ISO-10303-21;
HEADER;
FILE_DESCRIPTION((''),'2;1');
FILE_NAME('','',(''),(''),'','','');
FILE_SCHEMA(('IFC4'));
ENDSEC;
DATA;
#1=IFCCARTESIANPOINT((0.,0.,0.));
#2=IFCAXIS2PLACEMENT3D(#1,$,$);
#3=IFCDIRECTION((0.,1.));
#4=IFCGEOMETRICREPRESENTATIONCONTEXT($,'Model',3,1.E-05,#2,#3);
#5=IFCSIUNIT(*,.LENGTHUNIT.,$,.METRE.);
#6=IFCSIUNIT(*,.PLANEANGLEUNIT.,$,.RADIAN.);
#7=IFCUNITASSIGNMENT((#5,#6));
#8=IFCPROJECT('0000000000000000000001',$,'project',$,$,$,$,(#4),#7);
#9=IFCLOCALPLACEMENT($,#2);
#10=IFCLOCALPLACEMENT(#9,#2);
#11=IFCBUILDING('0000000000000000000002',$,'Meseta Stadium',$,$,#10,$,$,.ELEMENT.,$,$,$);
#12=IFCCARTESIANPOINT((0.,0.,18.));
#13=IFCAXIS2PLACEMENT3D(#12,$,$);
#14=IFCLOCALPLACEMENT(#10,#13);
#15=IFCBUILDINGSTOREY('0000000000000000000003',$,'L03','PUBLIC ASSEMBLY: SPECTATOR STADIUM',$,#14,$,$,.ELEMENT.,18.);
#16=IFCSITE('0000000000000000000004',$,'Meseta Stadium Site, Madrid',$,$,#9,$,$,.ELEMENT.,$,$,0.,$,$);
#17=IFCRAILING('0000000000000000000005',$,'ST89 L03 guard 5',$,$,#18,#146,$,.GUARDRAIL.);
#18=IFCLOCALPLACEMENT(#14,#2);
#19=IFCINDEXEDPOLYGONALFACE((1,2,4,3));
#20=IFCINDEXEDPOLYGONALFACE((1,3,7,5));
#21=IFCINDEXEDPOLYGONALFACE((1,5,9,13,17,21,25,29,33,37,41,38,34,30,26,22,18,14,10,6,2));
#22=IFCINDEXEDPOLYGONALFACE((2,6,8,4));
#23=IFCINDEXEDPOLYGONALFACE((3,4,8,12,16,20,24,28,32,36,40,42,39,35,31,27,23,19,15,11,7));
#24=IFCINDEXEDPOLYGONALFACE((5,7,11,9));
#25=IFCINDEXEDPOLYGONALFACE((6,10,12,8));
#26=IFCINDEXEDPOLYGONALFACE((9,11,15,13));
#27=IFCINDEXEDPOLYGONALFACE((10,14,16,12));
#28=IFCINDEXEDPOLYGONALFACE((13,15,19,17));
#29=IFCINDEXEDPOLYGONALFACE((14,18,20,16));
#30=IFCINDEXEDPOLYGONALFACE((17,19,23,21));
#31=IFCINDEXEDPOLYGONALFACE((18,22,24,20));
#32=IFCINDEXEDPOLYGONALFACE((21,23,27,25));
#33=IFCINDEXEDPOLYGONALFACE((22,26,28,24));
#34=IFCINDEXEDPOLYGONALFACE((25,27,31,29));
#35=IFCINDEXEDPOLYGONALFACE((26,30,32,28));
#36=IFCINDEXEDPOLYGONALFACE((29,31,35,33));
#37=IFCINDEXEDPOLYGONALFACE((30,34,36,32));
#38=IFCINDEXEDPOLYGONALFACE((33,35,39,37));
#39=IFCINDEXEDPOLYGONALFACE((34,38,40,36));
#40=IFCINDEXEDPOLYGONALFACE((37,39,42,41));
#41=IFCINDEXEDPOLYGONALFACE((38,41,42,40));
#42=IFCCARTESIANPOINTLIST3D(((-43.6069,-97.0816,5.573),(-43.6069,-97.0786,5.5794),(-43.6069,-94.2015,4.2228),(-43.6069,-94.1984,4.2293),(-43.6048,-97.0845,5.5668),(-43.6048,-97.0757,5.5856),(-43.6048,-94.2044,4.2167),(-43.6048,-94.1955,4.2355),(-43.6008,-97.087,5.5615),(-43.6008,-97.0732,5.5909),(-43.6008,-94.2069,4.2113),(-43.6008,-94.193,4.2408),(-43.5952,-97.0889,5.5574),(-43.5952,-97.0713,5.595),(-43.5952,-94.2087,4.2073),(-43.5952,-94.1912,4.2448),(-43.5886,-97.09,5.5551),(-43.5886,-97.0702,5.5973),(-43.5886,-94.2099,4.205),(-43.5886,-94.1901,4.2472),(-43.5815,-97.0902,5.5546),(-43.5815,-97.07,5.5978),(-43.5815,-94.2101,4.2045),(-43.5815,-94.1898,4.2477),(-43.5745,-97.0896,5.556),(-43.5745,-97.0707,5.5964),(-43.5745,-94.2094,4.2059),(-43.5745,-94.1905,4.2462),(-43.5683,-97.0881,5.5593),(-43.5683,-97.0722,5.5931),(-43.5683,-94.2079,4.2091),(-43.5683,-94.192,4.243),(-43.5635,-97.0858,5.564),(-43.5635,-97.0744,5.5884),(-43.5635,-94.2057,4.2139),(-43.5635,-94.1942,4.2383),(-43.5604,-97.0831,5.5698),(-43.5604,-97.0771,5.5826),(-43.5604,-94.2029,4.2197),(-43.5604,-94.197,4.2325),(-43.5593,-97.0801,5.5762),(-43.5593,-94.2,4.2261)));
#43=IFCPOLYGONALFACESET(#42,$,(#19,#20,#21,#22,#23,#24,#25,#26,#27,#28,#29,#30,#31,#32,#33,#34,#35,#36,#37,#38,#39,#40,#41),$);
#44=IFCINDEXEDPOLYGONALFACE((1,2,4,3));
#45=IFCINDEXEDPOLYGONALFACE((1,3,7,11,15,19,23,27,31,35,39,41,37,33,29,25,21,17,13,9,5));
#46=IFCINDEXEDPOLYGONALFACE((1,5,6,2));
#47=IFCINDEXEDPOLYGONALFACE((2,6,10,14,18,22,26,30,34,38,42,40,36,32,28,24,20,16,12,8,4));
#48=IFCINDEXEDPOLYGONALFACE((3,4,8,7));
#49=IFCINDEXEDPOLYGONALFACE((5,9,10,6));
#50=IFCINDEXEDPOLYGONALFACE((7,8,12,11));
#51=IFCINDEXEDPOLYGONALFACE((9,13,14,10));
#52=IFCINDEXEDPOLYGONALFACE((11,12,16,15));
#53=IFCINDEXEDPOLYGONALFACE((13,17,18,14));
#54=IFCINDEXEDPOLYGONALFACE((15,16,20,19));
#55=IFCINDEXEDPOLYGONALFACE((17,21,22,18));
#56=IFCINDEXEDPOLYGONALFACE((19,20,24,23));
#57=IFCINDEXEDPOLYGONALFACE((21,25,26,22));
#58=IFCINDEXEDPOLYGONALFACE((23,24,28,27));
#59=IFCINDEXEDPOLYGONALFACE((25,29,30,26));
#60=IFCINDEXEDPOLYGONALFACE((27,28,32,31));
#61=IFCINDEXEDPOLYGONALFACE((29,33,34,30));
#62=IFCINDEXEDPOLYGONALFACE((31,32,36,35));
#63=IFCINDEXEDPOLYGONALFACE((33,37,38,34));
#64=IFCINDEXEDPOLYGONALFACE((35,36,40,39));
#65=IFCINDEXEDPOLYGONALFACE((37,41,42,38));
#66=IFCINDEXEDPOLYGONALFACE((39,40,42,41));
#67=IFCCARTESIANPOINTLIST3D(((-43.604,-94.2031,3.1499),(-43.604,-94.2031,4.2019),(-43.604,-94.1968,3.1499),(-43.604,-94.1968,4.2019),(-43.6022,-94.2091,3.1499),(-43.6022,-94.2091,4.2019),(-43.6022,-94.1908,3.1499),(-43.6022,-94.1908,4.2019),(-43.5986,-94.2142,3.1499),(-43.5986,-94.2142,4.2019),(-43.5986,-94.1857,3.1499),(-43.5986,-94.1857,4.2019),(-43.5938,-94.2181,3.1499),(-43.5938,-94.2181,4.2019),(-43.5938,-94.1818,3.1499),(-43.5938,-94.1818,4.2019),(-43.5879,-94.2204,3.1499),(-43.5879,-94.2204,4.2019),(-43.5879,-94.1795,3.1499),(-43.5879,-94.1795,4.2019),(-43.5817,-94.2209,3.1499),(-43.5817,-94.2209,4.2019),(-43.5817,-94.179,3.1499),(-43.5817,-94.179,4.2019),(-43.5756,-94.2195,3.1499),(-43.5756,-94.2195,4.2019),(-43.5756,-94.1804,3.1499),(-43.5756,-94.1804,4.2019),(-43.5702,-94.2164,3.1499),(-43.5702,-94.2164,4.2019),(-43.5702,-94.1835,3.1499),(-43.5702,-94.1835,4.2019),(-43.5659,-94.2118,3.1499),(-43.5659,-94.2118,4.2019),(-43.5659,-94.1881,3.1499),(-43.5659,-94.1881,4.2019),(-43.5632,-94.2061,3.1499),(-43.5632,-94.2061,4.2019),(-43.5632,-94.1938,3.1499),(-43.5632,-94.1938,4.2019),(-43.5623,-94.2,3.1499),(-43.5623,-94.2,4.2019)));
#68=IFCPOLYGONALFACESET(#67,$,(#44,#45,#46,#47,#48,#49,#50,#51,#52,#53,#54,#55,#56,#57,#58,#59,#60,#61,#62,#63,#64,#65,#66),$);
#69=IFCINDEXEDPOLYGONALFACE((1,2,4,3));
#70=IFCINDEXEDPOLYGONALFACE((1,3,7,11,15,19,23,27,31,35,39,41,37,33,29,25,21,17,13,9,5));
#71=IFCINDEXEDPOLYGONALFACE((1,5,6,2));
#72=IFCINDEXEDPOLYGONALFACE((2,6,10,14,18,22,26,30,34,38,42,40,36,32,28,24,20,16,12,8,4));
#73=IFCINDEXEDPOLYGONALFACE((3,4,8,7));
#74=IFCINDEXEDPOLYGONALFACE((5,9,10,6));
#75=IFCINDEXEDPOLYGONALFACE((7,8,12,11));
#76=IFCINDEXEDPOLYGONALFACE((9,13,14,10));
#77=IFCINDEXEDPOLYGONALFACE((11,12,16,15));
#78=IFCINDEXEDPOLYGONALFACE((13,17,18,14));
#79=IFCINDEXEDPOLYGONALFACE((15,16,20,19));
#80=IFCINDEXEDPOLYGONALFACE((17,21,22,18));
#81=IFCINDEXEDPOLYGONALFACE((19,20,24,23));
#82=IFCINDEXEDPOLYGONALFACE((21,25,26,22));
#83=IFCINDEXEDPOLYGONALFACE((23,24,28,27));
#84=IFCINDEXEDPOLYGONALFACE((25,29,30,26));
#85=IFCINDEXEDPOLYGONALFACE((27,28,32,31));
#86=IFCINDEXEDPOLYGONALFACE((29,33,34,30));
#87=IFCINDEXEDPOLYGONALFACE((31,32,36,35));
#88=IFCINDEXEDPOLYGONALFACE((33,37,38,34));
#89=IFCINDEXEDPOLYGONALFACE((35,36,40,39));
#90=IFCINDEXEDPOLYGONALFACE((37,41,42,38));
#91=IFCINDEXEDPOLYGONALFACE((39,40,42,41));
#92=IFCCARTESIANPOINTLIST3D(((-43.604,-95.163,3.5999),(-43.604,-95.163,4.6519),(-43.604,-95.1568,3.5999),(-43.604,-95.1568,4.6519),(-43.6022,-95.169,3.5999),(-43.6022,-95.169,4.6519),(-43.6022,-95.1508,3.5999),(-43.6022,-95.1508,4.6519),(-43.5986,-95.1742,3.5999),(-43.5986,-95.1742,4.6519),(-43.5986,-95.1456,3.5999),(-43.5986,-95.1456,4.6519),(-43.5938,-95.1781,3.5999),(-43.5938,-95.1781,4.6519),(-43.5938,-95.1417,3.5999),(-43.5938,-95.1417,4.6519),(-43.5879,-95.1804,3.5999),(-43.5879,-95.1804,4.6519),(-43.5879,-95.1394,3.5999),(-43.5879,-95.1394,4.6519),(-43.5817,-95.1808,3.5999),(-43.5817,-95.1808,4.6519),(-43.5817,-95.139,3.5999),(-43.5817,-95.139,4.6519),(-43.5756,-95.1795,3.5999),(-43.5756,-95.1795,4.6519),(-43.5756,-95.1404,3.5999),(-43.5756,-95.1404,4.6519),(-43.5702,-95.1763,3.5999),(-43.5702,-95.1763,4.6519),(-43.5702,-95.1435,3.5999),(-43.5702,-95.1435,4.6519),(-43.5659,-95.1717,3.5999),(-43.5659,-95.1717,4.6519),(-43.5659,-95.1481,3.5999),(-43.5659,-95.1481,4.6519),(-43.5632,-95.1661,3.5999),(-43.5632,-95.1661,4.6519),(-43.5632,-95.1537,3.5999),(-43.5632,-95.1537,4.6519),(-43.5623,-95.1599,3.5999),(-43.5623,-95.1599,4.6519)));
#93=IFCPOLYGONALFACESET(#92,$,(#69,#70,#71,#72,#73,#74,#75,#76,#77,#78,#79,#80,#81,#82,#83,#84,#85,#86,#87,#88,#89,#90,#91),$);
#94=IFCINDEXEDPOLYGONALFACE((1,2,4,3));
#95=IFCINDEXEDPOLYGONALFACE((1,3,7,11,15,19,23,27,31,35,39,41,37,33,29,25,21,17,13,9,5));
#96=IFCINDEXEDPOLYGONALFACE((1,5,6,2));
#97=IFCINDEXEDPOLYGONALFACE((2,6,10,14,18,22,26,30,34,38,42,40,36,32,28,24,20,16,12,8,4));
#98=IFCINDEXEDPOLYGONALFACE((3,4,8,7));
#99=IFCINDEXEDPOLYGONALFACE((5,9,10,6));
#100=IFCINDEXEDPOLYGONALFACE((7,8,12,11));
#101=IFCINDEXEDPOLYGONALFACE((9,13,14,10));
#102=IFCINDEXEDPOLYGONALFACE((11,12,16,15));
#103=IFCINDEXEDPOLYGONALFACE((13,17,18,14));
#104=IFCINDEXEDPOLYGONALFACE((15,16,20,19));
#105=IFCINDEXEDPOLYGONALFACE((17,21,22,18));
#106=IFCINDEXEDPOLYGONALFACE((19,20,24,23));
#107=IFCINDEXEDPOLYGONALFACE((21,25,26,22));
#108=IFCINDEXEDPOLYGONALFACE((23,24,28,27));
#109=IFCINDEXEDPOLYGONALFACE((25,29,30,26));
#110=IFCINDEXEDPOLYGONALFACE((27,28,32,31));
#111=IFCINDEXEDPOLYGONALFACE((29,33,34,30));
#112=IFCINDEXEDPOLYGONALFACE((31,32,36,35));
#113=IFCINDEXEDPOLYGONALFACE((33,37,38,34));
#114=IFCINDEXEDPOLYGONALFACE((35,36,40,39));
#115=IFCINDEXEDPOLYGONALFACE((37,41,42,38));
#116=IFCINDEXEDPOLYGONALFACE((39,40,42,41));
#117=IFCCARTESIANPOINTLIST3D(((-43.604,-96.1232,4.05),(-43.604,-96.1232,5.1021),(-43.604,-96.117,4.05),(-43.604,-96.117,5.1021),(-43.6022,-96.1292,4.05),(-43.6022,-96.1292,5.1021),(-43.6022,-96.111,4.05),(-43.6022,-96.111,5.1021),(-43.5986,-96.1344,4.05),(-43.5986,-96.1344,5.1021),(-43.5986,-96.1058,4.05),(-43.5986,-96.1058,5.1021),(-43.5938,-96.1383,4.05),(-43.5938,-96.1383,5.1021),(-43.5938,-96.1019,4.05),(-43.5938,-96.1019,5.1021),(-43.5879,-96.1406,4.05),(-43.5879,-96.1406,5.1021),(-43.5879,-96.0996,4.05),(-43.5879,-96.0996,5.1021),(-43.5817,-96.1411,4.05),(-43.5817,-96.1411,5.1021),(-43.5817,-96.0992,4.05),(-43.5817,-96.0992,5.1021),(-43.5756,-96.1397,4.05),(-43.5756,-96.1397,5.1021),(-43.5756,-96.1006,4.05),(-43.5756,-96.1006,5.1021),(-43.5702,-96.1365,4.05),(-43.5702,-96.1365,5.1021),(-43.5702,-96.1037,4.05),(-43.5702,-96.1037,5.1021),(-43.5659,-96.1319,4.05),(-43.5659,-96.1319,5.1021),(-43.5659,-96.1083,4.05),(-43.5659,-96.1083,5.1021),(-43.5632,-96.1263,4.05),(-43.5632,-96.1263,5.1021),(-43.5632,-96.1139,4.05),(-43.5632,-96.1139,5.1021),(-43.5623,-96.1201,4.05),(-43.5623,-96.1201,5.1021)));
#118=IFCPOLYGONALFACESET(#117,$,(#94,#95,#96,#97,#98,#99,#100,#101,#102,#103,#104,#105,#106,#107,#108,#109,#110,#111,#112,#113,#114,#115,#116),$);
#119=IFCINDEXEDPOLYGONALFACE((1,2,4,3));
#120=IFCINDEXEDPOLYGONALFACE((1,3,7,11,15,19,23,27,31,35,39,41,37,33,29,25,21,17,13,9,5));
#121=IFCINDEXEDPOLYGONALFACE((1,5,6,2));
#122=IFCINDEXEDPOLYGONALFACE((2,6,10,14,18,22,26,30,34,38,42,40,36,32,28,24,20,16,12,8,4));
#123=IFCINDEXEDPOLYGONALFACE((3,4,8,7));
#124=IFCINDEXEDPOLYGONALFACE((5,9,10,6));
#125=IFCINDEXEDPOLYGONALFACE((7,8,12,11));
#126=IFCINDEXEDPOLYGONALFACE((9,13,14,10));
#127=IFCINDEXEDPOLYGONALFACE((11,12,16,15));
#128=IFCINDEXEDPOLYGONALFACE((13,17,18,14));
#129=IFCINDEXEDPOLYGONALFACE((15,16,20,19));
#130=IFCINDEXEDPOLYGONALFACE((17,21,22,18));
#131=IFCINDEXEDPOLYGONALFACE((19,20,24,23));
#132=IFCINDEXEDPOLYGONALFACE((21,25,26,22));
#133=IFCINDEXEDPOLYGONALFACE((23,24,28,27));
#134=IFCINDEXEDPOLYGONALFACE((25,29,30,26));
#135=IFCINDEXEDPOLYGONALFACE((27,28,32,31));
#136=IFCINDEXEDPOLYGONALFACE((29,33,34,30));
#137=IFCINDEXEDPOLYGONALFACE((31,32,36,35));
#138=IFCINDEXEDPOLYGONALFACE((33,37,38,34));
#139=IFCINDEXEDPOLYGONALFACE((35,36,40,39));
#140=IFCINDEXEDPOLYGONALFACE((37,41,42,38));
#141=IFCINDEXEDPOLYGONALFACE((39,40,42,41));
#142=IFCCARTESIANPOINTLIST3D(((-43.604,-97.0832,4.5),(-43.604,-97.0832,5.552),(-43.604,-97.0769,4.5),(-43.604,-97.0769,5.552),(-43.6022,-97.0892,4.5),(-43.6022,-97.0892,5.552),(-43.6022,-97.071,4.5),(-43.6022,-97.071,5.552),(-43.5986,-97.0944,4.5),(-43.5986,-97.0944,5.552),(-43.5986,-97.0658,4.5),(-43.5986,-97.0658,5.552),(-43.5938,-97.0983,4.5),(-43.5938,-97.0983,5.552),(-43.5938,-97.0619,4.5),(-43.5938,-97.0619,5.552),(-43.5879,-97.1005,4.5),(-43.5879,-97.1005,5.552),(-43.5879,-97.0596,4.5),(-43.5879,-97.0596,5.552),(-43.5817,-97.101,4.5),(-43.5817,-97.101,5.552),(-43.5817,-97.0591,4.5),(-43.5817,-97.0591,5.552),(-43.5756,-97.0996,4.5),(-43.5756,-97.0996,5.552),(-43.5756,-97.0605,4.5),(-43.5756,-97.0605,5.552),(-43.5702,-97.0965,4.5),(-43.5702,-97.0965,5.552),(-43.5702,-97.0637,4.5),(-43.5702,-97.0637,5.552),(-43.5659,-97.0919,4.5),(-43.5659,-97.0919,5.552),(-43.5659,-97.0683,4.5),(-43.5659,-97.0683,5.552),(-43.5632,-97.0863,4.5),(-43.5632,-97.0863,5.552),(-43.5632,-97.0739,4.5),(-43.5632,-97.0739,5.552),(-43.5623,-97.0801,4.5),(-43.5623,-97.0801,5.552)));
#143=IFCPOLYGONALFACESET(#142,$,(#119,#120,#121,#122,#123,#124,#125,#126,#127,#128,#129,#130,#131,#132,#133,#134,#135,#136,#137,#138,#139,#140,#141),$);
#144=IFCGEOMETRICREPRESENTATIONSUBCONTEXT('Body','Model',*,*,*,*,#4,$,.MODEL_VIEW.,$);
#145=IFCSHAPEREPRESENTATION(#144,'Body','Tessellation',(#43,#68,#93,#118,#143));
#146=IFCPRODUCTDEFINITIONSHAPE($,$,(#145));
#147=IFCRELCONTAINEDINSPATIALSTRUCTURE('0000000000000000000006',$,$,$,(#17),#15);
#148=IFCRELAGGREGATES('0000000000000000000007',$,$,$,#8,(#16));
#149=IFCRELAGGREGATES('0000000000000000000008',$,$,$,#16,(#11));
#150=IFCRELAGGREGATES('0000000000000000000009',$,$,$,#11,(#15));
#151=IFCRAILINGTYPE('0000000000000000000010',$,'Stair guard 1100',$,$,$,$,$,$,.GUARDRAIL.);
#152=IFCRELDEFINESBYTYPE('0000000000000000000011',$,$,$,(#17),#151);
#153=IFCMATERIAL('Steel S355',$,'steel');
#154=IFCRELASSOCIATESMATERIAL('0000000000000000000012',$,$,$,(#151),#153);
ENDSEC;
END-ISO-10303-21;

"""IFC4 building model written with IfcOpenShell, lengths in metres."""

from ifc_helpers import new_model, si_unit, direction, frame, origin, origin_2d, place, context, subcontext, project, spatial, circle, extrude, material, type_object, element, save


model = new_model("IFC4")

# Units and contexts
model_context = context("Model", 3, precision=1e-05, world=origin(), true_north=direction((0.0, 1.0)))
body_context = subcontext(model_context, "Body", "Model", "MODEL_VIEW")
ifc_project = project(units=[si_unit("LENGTHUNIT", "METRE"), si_unit("PLANEANGLEUNIT", "RADIAN")], contexts=[model_context])

# Site, building, storey
site_placement = place(None, origin())
site = spatial("IfcSite", under=ifc_project, at=site_placement, Name="Meseta Stadium Site, Madrid", CompositionType="ELEMENT", RefElevation=0.0)
building_placement = place(site_placement, origin())
building = spatial("IfcBuilding", under=site, at=building_placement, Name="Meseta Stadium", CompositionType="ELEMENT")
storey_placement = place(building_placement, frame((0.0, 0.0, 18.0)))
storey = spatial("IfcBuildingStorey", under=building, at=storey_placement, Name="L03", Description="PUBLIC ASSEMBLY: SPECTATOR STADIUM", CompositionType="ELEMENT", Elevation=18.0)

# Railing
ifc_material_1 = material(Name="Steel S355", Category="steel")
railing_type_1 = type_object("IfcRailingType", Name="Stair guard 1100", PredefinedType="GUARDRAIL", material=ifc_material_1)
for number, where, name in (
    (1, (-43.5833, -94.2, 3.1499), "ST89 L03 guard 5"),
):
    element("IfcRailing", number, at=place(storey_placement, frame(where)), inside=storey, type_object=railing_type_1, Name=name, PredefinedType="GUARDRAIL", context=body_context, shape_type="SweptSolid", body=[
        extrude(circle(Radius=0.0239, at=origin_2d()), frame((0.0, 0.0, 1.0762), z_axis=(0.0, -0.905454, 0.424444), x_axis=(1.0, 0.0, 0.0)), (0.0, 0.0, 1.0), 3.1809),
        extrude(circle(Radius=0.021, at=origin_2d()), origin(), (0.0, 0.0, 1.0), 1.052),
        extrude(circle(Radius=0.021, at=origin_2d()), frame((0.0, -0.96, 0.45)), (0.0, 0.0, 1.0), 1.052),
        extrude(circle(Radius=0.021, at=origin_2d()), frame((0.0, -1.9202, 0.9001)), (0.0, 0.0, 1.0), 1.052),
        extrude(circle(Radius=0.021, at=origin_2d()), frame((0.0, -2.8801, 1.3501)), (0.0, 0.0, 1.0), 1.052),
    ])

save(model, "model.ifc")
